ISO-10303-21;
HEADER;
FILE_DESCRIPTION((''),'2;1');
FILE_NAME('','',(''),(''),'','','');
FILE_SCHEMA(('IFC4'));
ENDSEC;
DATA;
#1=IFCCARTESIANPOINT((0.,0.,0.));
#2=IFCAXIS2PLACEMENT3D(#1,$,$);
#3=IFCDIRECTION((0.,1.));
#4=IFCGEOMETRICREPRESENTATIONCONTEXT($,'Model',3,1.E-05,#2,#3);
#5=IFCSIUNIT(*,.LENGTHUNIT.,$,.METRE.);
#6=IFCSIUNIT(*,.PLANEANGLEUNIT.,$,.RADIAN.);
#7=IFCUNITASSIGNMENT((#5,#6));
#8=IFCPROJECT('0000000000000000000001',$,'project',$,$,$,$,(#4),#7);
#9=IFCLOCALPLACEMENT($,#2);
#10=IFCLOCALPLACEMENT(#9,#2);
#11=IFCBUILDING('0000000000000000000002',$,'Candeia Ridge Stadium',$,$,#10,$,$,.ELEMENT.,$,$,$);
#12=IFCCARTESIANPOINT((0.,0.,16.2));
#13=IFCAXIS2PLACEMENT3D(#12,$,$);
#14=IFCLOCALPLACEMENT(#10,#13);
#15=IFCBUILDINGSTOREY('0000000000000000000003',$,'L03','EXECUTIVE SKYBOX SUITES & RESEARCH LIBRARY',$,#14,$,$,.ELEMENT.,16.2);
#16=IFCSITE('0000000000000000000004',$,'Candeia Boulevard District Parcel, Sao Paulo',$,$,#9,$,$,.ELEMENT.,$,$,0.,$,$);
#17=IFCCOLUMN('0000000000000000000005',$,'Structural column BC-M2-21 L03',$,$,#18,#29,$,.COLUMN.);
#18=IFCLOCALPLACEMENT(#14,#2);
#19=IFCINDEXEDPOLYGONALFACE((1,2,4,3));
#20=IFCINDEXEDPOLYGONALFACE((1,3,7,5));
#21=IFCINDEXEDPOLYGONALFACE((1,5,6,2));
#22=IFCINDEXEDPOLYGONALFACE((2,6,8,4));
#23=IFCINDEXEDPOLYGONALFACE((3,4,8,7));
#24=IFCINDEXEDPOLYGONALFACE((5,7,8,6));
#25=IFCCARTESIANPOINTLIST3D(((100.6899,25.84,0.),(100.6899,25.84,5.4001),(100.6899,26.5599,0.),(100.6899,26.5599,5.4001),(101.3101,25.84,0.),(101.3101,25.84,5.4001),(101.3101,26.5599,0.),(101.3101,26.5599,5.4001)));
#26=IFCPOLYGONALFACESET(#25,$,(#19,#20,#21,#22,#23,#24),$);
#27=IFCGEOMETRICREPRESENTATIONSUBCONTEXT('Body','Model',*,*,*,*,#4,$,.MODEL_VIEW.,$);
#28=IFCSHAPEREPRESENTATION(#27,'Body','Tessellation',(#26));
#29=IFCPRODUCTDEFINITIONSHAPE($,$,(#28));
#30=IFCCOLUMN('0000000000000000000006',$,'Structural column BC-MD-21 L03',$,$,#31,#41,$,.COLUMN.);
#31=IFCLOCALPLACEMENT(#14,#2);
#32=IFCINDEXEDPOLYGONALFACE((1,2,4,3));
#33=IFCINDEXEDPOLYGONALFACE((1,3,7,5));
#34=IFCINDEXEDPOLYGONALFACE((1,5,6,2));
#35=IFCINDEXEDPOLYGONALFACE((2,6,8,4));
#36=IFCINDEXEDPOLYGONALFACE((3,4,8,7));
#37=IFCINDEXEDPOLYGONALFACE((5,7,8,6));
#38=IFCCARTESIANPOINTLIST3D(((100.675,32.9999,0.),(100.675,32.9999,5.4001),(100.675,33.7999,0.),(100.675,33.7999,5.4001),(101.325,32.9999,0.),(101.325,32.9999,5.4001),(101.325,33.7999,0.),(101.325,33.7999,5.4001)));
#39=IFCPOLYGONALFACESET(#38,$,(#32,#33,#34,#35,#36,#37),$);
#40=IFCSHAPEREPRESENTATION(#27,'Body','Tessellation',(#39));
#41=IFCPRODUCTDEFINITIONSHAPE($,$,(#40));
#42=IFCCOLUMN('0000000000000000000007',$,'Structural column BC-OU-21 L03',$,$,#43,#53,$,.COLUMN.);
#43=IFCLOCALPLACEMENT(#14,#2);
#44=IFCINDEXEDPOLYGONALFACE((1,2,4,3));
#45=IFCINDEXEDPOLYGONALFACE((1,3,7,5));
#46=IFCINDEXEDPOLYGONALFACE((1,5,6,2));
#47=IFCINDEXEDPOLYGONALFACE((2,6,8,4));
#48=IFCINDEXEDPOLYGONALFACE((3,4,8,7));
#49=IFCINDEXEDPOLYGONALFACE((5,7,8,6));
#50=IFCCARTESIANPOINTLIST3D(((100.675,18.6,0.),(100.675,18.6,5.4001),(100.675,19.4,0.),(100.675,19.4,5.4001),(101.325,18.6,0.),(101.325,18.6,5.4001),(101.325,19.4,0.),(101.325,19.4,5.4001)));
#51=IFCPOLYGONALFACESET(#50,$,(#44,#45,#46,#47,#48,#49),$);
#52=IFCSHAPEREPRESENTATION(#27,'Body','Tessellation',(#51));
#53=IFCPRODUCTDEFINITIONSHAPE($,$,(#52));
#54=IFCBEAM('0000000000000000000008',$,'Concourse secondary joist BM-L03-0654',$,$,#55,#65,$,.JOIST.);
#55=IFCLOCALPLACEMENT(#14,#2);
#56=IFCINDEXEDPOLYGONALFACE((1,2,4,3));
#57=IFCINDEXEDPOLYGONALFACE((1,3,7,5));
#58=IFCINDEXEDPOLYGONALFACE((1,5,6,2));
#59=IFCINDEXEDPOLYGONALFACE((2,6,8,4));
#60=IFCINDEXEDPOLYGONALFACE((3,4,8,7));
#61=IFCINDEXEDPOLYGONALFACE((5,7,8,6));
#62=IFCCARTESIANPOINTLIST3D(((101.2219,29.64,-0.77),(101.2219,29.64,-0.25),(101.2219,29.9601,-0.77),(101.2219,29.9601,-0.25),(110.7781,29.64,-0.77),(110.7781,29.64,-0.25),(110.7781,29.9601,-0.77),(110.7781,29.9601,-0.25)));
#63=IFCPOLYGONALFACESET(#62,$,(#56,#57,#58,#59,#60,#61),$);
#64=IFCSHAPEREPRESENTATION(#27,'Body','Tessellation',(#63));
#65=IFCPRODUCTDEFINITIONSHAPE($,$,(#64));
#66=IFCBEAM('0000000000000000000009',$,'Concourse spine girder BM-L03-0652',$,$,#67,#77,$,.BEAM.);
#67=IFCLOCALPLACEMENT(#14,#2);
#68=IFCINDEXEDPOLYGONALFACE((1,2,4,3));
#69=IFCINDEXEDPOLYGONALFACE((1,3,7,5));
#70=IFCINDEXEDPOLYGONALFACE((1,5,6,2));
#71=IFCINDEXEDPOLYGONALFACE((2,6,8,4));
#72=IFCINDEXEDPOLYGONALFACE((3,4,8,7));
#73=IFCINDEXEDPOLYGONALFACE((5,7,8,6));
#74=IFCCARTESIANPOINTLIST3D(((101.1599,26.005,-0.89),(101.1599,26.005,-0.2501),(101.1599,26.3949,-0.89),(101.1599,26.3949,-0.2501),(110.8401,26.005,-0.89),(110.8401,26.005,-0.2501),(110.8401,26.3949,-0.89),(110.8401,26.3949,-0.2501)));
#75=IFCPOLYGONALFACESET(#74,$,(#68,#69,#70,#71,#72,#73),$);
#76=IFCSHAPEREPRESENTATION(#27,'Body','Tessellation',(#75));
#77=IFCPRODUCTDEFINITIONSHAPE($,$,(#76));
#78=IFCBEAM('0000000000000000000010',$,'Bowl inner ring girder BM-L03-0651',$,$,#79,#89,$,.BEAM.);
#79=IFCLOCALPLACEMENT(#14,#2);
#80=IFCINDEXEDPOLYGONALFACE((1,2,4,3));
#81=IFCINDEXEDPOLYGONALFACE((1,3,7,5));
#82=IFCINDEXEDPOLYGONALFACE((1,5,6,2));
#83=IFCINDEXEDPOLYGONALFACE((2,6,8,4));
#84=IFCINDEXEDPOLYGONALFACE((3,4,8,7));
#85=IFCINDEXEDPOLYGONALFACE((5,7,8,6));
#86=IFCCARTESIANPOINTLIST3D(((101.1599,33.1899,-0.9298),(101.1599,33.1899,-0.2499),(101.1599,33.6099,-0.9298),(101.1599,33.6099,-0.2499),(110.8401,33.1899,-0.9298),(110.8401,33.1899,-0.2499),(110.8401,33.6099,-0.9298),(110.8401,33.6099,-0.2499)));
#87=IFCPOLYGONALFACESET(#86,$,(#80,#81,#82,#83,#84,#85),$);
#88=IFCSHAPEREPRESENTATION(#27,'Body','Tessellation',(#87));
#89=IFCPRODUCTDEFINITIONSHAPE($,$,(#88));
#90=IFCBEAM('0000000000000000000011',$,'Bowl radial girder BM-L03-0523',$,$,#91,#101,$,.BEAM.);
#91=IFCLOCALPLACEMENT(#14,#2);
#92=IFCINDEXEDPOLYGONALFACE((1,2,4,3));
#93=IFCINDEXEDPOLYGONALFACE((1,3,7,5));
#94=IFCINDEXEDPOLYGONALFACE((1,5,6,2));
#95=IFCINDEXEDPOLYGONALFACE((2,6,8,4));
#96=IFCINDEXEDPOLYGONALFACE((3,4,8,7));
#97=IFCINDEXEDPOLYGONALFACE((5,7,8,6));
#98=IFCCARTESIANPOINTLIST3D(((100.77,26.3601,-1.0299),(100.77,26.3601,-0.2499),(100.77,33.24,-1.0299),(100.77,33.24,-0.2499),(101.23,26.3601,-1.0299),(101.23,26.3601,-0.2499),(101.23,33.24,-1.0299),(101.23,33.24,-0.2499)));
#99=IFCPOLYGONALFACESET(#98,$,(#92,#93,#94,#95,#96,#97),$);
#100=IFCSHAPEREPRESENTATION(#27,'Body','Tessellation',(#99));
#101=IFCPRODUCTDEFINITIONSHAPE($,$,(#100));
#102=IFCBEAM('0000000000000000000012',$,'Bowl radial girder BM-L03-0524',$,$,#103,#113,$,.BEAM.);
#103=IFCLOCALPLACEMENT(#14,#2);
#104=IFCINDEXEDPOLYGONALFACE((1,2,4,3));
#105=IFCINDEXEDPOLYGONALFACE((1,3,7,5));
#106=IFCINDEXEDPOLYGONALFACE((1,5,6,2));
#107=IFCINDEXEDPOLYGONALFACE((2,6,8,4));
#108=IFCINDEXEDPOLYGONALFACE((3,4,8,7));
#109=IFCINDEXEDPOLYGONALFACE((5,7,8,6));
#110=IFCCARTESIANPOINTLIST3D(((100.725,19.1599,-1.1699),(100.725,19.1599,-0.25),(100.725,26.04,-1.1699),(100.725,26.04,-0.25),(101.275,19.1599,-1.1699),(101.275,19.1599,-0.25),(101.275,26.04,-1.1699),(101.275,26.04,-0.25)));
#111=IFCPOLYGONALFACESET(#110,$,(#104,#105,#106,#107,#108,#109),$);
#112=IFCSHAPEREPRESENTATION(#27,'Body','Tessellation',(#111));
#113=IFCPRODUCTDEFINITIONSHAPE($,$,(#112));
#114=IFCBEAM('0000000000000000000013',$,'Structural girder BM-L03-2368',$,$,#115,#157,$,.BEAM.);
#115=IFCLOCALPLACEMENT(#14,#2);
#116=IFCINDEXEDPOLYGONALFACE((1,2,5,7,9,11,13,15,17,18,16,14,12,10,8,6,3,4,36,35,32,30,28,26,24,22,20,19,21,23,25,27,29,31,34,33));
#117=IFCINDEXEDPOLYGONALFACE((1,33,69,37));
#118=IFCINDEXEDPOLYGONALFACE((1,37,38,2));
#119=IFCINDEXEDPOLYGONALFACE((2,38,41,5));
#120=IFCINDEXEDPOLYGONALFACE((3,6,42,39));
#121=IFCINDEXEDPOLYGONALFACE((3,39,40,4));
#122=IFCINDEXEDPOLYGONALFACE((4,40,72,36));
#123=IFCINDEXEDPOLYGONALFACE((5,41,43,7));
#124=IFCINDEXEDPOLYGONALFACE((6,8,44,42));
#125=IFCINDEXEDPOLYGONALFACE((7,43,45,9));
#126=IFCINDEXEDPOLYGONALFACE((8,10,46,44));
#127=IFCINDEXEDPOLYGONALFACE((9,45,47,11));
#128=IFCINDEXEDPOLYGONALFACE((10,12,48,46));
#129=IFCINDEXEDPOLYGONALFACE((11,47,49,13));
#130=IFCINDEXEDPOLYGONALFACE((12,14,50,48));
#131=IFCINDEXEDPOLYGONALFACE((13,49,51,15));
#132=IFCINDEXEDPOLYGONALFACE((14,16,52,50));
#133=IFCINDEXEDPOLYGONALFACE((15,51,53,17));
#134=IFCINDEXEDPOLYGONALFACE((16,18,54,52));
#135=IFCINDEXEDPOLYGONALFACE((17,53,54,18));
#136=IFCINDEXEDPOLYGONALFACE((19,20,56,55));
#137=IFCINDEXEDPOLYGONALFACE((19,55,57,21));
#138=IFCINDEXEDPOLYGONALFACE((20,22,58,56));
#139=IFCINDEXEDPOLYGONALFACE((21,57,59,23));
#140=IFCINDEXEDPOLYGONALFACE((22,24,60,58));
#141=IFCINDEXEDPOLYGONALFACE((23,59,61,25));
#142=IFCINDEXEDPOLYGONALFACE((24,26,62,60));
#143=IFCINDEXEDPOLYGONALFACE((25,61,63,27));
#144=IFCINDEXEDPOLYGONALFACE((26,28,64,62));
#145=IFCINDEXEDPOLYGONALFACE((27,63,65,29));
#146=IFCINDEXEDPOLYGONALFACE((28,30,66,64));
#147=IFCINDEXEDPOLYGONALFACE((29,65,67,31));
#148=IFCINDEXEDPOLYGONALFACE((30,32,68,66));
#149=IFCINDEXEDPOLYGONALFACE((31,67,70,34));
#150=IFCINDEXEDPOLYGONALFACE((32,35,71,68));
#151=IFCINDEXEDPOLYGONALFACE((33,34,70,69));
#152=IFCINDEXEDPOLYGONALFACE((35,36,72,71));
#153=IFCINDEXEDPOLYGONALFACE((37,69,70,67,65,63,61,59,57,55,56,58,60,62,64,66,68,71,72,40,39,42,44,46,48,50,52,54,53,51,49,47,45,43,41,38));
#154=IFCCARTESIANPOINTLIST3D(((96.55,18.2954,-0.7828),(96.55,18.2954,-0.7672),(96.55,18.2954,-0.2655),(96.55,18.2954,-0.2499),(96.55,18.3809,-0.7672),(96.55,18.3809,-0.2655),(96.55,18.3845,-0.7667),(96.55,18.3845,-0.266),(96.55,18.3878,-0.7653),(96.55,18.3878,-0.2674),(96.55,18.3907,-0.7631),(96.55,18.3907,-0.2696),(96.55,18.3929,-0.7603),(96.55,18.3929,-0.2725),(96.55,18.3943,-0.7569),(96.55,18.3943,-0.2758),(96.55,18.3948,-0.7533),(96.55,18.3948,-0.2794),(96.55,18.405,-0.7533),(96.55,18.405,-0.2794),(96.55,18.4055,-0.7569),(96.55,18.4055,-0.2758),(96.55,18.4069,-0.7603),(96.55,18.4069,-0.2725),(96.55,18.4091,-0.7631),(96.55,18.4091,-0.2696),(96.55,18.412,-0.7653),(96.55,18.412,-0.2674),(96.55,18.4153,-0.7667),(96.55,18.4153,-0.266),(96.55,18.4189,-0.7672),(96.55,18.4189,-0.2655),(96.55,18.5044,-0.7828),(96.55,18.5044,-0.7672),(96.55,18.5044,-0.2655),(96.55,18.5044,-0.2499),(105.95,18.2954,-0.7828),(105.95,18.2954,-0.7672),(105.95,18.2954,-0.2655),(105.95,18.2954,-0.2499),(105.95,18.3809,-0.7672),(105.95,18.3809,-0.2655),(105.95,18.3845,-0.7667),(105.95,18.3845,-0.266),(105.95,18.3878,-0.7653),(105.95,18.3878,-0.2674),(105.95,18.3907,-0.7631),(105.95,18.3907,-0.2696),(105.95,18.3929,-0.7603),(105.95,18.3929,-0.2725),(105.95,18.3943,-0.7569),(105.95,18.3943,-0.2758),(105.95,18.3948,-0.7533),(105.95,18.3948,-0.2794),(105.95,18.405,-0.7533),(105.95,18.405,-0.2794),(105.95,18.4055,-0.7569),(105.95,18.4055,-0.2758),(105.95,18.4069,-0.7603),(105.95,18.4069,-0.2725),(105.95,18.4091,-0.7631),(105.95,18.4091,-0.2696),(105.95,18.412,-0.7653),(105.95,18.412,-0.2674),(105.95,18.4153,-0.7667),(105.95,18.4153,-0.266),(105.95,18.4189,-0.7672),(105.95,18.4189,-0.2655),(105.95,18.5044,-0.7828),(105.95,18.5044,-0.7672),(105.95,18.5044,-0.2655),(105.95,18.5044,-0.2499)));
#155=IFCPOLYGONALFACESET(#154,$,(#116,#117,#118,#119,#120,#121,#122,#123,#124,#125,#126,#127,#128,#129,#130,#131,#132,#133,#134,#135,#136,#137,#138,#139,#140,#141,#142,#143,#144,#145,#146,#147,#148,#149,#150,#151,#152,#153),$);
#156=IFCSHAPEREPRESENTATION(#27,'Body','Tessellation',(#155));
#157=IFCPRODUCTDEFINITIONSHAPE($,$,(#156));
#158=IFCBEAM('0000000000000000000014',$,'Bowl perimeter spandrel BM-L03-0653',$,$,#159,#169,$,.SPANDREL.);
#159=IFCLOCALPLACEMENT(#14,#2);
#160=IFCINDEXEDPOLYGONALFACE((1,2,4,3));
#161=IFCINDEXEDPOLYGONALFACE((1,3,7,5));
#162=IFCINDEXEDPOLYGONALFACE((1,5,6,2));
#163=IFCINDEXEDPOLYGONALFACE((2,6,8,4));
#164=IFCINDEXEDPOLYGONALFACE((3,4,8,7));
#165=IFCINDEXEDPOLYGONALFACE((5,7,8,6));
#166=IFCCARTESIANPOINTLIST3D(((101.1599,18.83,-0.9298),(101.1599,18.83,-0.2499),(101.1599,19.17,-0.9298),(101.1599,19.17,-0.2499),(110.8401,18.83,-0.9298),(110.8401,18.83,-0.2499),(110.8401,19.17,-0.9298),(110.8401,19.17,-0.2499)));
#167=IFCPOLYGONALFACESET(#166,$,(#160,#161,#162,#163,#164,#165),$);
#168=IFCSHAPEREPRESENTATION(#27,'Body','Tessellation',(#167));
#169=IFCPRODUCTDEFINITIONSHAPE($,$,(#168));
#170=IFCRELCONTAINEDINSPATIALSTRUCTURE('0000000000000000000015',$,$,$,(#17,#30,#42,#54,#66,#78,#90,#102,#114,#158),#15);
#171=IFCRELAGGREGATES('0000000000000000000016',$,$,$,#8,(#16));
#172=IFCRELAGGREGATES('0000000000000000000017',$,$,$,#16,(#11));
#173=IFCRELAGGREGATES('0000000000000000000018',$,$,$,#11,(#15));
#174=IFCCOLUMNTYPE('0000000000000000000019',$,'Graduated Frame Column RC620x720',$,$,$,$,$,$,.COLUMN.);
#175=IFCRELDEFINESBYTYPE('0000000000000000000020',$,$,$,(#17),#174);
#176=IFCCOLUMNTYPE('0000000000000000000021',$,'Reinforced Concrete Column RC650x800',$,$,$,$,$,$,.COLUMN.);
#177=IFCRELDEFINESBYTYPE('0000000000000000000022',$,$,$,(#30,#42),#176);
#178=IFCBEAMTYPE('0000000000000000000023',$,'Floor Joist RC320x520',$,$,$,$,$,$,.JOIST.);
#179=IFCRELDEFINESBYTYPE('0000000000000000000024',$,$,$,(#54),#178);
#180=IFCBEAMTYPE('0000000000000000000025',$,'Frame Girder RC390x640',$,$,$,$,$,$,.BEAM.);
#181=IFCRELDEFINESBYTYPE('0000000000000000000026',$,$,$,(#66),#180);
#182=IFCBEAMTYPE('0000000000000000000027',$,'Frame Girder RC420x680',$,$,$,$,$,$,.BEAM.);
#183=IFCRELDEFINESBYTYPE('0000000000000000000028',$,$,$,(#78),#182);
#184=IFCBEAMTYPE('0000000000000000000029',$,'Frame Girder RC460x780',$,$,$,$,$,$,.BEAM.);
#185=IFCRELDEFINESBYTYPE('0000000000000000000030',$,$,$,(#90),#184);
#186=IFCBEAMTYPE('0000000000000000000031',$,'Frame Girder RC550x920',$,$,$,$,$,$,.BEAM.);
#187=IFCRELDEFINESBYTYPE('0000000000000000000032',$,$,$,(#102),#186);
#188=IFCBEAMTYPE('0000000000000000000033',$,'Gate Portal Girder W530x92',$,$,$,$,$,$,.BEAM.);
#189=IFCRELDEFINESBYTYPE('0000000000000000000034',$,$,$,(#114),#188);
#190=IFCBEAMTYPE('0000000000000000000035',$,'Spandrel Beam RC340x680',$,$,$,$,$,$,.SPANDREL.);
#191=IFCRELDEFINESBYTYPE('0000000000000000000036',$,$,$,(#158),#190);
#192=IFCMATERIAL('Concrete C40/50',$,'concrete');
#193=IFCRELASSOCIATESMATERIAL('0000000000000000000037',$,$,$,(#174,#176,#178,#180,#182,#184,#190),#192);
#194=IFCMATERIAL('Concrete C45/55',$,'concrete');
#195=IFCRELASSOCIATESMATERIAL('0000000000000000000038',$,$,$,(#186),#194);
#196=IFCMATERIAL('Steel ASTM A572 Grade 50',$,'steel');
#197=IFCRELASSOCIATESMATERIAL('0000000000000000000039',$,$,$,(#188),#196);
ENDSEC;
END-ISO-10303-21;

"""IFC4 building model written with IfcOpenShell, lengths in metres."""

from ifc_helpers import new_model, si_unit, direction, frame, origin, origin_2d, place, context, subcontext, project, spatial, rectangle, i_section, extrude, material, material_profile, profile_set, type_object, element, save


model = new_model("IFC4")

# Units and contexts
model_context = context("Model", 3, precision=1e-05, world=origin(), true_north=direction((0.0, 1.0)))
body_context = subcontext(model_context, "Body", "Model", "MODEL_VIEW")
ifc_project = project(units=[si_unit("LENGTHUNIT", "METRE"), si_unit("PLANEANGLEUNIT", "RADIAN")], contexts=[model_context])

# Site, building, storey
site_placement = place(None, origin())
site = spatial("IfcSite", under=ifc_project, at=site_placement, Name="Candeia Boulevard District Parcel, Sao Paulo", CompositionType="ELEMENT", RefElevation=0.0)
building_placement = place(site_placement, origin())
building = spatial("IfcBuilding", under=site, at=building_placement, Name="Candeia Ridge Stadium", CompositionType="ELEMENT")
storey_placement = place(building_placement, frame((0.0, 0.0, 16.2)))
storey = spatial("IfcBuildingStorey", under=building, at=storey_placement, Name="L03", Description="EXECUTIVE SKYBOX SUITES & RESEARCH LIBRARY", CompositionType="ELEMENT", Elevation=16.2)

# Columns
ifc_material_1 = material(Name="Concrete C40/50", Category="concrete")
ifc_material_profile_1 = material_profile(ifc_material_1, rectangle(XDim=0.6201, YDim=0.72, at=origin_2d()), Name="RC620x720", Category="concrete")
ifc_profile_set_1 = profile_set([ifc_material_profile_1], Name="Concrete C40/50")
column_type_1 = type_object("IfcColumnType", Name="Graduated Frame Column RC620x720", PredefinedType="COLUMN", material=ifc_profile_set_1)
column_placement = place(storey_placement, frame((101.0, 26.2, 0.0), z_axis=(0.0, 0.0, 1.0), x_axis=(1.0, 0.0, 0.0)))
element("IfcColumn", 1, at=column_placement, inside=storey, type_object=column_type_1, Name="Structural column BC-M2-21 L03", PredefinedType="COLUMN", context=body_context, shape_type="SweptSolid", body=[
    extrude(rectangle(XDim=0.6201, YDim=0.72, at=origin_2d()), origin(), (0.0, 0.0, 1.0), 5.4001),
])
ifc_material_profile_2 = material_profile(ifc_material_1, rectangle(XDim=0.6499, YDim=0.8, at=origin_2d()), Name="RC650x800", Category="concrete")
ifc_profile_set_2 = profile_set([ifc_material_profile_2], Name="Concrete C40/50")
column_type_2 = type_object("IfcColumnType", Name="Reinforced Concrete Column RC650x800", PredefinedType="COLUMN", material=ifc_profile_set_2)
for number, where, z_axis, x_axis, name in (
    (2, (101.0, 33.3999, 0.0), (0.0, 0.0, 1.0), (1.0, 0.0, 0.0), "Structural column BC-MD-21 L03"),
    (3, (101.0, 19.0, 0.0), (0.0, 0.0, 1.0), (1.0, 0.0, 0.0), "Structural column BC-OU-21 L03"),
):
    element("IfcColumn", number, at=place(storey_placement, frame(where, z_axis=z_axis, x_axis=x_axis)), inside=storey, type_object=column_type_2, Name=name, PredefinedType="COLUMN", context=body_context, shape_type="SweptSolid", body=[
        extrude(rectangle(XDim=0.6499, YDim=0.8, at=origin_2d()), origin(), (0.0, 0.0, 1.0), 5.4001),
    ])

# Beams
ifc_material_profile_3 = material_profile(ifc_material_1, rectangle(XDim=0.3201, YDim=0.52, at=origin_2d()), Name="RC320x520", Category="concrete")
ifc_profile_set_3 = profile_set([ifc_material_profile_3], Name="Concrete C40/50")
beam_type_1 = type_object("IfcBeamType", Name="Floor Joist RC320x520", PredefinedType="JOIST", material=ifc_profile_set_3)
beam_1_placement = place(storey_placement, frame((101.2219, 29.8, -0.51), z_axis=(1.0, 0.0, 0.0), x_axis=(0.0, 1.0, 0.0)))
element("IfcBeam", 4, at=beam_1_placement, inside=storey, type_object=beam_type_1, Name="Concourse secondary joist BM-L03-0654", PredefinedType="JOIST", context=body_context, shape_type="SweptSolid", body=[
    extrude(rectangle(XDim=0.3201, YDim=0.52, at=origin_2d()), origin(), (0.0, 0.0, 1.0), 9.5562),
])
ifc_material_profile_4 = material_profile(ifc_material_1, rectangle(XDim=0.3899, YDim=0.6399, at=origin_2d()), Name="RC390x640", Category="concrete")
ifc_profile_set_4 = profile_set([ifc_material_profile_4], Name="Concrete C40/50")
beam_type_2 = type_object("IfcBeamType", Name="Frame Girder RC390x640", PredefinedType="BEAM", material=ifc_profile_set_4)
beam_2_placement = place(storey_placement, frame((101.1599, 26.2, -0.5701), z_axis=(1.0, 0.0, 0.0), x_axis=(0.0, 1.0, 0.0)))
element("IfcBeam", 5, at=beam_2_placement, inside=storey, type_object=beam_type_2, Name="Concourse spine girder BM-L03-0652", PredefinedType="BEAM", context=body_context, shape_type="SweptSolid", body=[
    extrude(rectangle(XDim=0.3899, YDim=0.6399, at=origin_2d()), origin(), (0.0, 0.0, 1.0), 9.6802),
])
ifc_material_profile_5 = material_profile(ifc_material_1, rectangle(XDim=0.4199, YDim=0.6799, at=origin_2d()), Name="RC420x680", Category="concrete")
ifc_profile_set_5 = profile_set([ifc_material_profile_5], Name="Concrete C40/50")
beam_type_3 = type_object("IfcBeamType", Name="Frame Girder RC420x680", PredefinedType="BEAM", material=ifc_profile_set_5)
beam_3_placement = place(storey_placement, frame((101.1599, 33.3999, -0.5898), z_axis=(1.0, 0.0, 0.0), x_axis=(0.0, 1.0, 0.0)))
element("IfcBeam", 6, at=beam_3_placement, inside=storey, type_object=beam_type_3, Name="Bowl inner ring girder BM-L03-0651", PredefinedType="BEAM", context=body_context, shape_type="SweptSolid", body=[
    extrude(rectangle(XDim=0.4199, YDim=0.6799, at=origin_2d()), origin(), (0.0, 0.0, 1.0), 9.6802),
])
ifc_material_profile_6 = material_profile(ifc_material_1, rectangle(XDim=0.46, YDim=0.78, at=origin_2d()), Name="RC460x780", Category="concrete")
ifc_profile_set_6 = profile_set([ifc_material_profile_6], Name="Concrete C40/50")
beam_type_4 = type_object("IfcBeamType", Name="Frame Girder RC460x780", PredefinedType="BEAM", material=ifc_profile_set_6)
beam_4_placement = place(storey_placement, frame((101.0, 33.24, -0.6399), z_axis=(0.0, -1.0, 0.0), x_axis=(1.0, 0.0, 0.0)))
element("IfcBeam", 7, at=beam_4_placement, inside=storey, type_object=beam_type_4, Name="Bowl radial girder BM-L03-0523", PredefinedType="BEAM", context=body_context, shape_type="SweptSolid", body=[
    extrude(rectangle(XDim=0.46, YDim=0.78, at=origin_2d()), origin(), (0.0, 0.0, 1.0), 6.8799),
])
ifc_material_2 = material(Name="Concrete C45/55", Category="concrete")
ifc_material_profile_7 = material_profile(ifc_material_2, rectangle(XDim=0.55, YDim=0.9199, at=origin_2d()), Name="RC550x920", Category="concrete")
ifc_profile_set_7 = profile_set([ifc_material_profile_7], Name="Concrete C45/55")
beam_type_5 = type_object("IfcBeamType", Name="Frame Girder RC550x920", PredefinedType="BEAM", material=ifc_profile_set_7)
beam_5_placement = place(storey_placement, frame((101.0, 26.04, -0.71), z_axis=(0.0, -1.0, 0.0), x_axis=(1.0, 0.0, 0.0)))
element("IfcBeam", 8, at=beam_5_placement, inside=storey, type_object=beam_type_5, Name="Bowl radial girder BM-L03-0524", PredefinedType="BEAM", context=body_context, shape_type="SweptSolid", body=[
    extrude(rectangle(XDim=0.55, YDim=0.9199, at=origin_2d()), origin(), (0.0, 0.0, 1.0), 6.8801),
])
ifc_material_3 = material(Name="Steel ASTM A572 Grade 50", Category="steel")
ifc_material_profile_8 = material_profile(ifc_material_3, i_section(OverallWidth=0.209, OverallDepth=0.533, WebThickness=0.0103, FlangeThickness=0.0156, FilletRadius=0.0139, at=origin_2d()), Name="W530x92", Category="steel")
ifc_profile_set_8 = profile_set([ifc_material_profile_8], Name="Steel ASTM A572 Grade 50")
beam_type_6 = type_object("IfcBeamType", Name="Gate Portal Girder W530x92", PredefinedType="BEAM", material=ifc_profile_set_8)
beam_6_placement = place(storey_placement, frame((96.55, 18.3999, -0.5164), z_axis=(1.0, 0.0, 0.0), x_axis=(0.0, 1.0, 0.0)))
element("IfcBeam", 9, at=beam_6_placement, inside=storey, type_object=beam_type_6, Name="Structural girder BM-L03-2368", PredefinedType="BEAM", context=body_context, shape_type="SweptSolid", body=[
    extrude(i_section(OverallWidth=0.209, OverallDepth=0.533, WebThickness=0.0103, FlangeThickness=0.0156, FilletRadius=0.0139, at=origin_2d()), origin(), (0.0, 0.0, 1.0), 9.3999),
])
ifc_material_profile_9 = material_profile(ifc_material_1, rectangle(XDim=0.3401, YDim=0.6799, at=origin_2d()), Name="RC340x680", Category="concrete")
ifc_profile_set_9 = profile_set([ifc_material_profile_9], Name="Concrete C40/50")
beam_type_7 = type_object("IfcBeamType", Name="Spandrel Beam RC340x680", PredefinedType="SPANDREL", material=ifc_profile_set_9)
beam_7_placement = place(storey_placement, frame((101.1599, 19.0, -0.5898), z_axis=(1.0, 0.0, 0.0), x_axis=(0.0, 1.0, 0.0)))
element("IfcBeam", 10, at=beam_7_placement, inside=storey, type_object=beam_type_7, Name="Bowl perimeter spandrel BM-L03-0653", PredefinedType="SPANDREL", context=body_context, shape_type="SweptSolid", body=[
    extrude(rectangle(XDim=0.3401, YDim=0.6799, at=origin_2d()), origin(), (0.0, 0.0, 1.0), 9.6802),
])

save(model, "model.ifc")
